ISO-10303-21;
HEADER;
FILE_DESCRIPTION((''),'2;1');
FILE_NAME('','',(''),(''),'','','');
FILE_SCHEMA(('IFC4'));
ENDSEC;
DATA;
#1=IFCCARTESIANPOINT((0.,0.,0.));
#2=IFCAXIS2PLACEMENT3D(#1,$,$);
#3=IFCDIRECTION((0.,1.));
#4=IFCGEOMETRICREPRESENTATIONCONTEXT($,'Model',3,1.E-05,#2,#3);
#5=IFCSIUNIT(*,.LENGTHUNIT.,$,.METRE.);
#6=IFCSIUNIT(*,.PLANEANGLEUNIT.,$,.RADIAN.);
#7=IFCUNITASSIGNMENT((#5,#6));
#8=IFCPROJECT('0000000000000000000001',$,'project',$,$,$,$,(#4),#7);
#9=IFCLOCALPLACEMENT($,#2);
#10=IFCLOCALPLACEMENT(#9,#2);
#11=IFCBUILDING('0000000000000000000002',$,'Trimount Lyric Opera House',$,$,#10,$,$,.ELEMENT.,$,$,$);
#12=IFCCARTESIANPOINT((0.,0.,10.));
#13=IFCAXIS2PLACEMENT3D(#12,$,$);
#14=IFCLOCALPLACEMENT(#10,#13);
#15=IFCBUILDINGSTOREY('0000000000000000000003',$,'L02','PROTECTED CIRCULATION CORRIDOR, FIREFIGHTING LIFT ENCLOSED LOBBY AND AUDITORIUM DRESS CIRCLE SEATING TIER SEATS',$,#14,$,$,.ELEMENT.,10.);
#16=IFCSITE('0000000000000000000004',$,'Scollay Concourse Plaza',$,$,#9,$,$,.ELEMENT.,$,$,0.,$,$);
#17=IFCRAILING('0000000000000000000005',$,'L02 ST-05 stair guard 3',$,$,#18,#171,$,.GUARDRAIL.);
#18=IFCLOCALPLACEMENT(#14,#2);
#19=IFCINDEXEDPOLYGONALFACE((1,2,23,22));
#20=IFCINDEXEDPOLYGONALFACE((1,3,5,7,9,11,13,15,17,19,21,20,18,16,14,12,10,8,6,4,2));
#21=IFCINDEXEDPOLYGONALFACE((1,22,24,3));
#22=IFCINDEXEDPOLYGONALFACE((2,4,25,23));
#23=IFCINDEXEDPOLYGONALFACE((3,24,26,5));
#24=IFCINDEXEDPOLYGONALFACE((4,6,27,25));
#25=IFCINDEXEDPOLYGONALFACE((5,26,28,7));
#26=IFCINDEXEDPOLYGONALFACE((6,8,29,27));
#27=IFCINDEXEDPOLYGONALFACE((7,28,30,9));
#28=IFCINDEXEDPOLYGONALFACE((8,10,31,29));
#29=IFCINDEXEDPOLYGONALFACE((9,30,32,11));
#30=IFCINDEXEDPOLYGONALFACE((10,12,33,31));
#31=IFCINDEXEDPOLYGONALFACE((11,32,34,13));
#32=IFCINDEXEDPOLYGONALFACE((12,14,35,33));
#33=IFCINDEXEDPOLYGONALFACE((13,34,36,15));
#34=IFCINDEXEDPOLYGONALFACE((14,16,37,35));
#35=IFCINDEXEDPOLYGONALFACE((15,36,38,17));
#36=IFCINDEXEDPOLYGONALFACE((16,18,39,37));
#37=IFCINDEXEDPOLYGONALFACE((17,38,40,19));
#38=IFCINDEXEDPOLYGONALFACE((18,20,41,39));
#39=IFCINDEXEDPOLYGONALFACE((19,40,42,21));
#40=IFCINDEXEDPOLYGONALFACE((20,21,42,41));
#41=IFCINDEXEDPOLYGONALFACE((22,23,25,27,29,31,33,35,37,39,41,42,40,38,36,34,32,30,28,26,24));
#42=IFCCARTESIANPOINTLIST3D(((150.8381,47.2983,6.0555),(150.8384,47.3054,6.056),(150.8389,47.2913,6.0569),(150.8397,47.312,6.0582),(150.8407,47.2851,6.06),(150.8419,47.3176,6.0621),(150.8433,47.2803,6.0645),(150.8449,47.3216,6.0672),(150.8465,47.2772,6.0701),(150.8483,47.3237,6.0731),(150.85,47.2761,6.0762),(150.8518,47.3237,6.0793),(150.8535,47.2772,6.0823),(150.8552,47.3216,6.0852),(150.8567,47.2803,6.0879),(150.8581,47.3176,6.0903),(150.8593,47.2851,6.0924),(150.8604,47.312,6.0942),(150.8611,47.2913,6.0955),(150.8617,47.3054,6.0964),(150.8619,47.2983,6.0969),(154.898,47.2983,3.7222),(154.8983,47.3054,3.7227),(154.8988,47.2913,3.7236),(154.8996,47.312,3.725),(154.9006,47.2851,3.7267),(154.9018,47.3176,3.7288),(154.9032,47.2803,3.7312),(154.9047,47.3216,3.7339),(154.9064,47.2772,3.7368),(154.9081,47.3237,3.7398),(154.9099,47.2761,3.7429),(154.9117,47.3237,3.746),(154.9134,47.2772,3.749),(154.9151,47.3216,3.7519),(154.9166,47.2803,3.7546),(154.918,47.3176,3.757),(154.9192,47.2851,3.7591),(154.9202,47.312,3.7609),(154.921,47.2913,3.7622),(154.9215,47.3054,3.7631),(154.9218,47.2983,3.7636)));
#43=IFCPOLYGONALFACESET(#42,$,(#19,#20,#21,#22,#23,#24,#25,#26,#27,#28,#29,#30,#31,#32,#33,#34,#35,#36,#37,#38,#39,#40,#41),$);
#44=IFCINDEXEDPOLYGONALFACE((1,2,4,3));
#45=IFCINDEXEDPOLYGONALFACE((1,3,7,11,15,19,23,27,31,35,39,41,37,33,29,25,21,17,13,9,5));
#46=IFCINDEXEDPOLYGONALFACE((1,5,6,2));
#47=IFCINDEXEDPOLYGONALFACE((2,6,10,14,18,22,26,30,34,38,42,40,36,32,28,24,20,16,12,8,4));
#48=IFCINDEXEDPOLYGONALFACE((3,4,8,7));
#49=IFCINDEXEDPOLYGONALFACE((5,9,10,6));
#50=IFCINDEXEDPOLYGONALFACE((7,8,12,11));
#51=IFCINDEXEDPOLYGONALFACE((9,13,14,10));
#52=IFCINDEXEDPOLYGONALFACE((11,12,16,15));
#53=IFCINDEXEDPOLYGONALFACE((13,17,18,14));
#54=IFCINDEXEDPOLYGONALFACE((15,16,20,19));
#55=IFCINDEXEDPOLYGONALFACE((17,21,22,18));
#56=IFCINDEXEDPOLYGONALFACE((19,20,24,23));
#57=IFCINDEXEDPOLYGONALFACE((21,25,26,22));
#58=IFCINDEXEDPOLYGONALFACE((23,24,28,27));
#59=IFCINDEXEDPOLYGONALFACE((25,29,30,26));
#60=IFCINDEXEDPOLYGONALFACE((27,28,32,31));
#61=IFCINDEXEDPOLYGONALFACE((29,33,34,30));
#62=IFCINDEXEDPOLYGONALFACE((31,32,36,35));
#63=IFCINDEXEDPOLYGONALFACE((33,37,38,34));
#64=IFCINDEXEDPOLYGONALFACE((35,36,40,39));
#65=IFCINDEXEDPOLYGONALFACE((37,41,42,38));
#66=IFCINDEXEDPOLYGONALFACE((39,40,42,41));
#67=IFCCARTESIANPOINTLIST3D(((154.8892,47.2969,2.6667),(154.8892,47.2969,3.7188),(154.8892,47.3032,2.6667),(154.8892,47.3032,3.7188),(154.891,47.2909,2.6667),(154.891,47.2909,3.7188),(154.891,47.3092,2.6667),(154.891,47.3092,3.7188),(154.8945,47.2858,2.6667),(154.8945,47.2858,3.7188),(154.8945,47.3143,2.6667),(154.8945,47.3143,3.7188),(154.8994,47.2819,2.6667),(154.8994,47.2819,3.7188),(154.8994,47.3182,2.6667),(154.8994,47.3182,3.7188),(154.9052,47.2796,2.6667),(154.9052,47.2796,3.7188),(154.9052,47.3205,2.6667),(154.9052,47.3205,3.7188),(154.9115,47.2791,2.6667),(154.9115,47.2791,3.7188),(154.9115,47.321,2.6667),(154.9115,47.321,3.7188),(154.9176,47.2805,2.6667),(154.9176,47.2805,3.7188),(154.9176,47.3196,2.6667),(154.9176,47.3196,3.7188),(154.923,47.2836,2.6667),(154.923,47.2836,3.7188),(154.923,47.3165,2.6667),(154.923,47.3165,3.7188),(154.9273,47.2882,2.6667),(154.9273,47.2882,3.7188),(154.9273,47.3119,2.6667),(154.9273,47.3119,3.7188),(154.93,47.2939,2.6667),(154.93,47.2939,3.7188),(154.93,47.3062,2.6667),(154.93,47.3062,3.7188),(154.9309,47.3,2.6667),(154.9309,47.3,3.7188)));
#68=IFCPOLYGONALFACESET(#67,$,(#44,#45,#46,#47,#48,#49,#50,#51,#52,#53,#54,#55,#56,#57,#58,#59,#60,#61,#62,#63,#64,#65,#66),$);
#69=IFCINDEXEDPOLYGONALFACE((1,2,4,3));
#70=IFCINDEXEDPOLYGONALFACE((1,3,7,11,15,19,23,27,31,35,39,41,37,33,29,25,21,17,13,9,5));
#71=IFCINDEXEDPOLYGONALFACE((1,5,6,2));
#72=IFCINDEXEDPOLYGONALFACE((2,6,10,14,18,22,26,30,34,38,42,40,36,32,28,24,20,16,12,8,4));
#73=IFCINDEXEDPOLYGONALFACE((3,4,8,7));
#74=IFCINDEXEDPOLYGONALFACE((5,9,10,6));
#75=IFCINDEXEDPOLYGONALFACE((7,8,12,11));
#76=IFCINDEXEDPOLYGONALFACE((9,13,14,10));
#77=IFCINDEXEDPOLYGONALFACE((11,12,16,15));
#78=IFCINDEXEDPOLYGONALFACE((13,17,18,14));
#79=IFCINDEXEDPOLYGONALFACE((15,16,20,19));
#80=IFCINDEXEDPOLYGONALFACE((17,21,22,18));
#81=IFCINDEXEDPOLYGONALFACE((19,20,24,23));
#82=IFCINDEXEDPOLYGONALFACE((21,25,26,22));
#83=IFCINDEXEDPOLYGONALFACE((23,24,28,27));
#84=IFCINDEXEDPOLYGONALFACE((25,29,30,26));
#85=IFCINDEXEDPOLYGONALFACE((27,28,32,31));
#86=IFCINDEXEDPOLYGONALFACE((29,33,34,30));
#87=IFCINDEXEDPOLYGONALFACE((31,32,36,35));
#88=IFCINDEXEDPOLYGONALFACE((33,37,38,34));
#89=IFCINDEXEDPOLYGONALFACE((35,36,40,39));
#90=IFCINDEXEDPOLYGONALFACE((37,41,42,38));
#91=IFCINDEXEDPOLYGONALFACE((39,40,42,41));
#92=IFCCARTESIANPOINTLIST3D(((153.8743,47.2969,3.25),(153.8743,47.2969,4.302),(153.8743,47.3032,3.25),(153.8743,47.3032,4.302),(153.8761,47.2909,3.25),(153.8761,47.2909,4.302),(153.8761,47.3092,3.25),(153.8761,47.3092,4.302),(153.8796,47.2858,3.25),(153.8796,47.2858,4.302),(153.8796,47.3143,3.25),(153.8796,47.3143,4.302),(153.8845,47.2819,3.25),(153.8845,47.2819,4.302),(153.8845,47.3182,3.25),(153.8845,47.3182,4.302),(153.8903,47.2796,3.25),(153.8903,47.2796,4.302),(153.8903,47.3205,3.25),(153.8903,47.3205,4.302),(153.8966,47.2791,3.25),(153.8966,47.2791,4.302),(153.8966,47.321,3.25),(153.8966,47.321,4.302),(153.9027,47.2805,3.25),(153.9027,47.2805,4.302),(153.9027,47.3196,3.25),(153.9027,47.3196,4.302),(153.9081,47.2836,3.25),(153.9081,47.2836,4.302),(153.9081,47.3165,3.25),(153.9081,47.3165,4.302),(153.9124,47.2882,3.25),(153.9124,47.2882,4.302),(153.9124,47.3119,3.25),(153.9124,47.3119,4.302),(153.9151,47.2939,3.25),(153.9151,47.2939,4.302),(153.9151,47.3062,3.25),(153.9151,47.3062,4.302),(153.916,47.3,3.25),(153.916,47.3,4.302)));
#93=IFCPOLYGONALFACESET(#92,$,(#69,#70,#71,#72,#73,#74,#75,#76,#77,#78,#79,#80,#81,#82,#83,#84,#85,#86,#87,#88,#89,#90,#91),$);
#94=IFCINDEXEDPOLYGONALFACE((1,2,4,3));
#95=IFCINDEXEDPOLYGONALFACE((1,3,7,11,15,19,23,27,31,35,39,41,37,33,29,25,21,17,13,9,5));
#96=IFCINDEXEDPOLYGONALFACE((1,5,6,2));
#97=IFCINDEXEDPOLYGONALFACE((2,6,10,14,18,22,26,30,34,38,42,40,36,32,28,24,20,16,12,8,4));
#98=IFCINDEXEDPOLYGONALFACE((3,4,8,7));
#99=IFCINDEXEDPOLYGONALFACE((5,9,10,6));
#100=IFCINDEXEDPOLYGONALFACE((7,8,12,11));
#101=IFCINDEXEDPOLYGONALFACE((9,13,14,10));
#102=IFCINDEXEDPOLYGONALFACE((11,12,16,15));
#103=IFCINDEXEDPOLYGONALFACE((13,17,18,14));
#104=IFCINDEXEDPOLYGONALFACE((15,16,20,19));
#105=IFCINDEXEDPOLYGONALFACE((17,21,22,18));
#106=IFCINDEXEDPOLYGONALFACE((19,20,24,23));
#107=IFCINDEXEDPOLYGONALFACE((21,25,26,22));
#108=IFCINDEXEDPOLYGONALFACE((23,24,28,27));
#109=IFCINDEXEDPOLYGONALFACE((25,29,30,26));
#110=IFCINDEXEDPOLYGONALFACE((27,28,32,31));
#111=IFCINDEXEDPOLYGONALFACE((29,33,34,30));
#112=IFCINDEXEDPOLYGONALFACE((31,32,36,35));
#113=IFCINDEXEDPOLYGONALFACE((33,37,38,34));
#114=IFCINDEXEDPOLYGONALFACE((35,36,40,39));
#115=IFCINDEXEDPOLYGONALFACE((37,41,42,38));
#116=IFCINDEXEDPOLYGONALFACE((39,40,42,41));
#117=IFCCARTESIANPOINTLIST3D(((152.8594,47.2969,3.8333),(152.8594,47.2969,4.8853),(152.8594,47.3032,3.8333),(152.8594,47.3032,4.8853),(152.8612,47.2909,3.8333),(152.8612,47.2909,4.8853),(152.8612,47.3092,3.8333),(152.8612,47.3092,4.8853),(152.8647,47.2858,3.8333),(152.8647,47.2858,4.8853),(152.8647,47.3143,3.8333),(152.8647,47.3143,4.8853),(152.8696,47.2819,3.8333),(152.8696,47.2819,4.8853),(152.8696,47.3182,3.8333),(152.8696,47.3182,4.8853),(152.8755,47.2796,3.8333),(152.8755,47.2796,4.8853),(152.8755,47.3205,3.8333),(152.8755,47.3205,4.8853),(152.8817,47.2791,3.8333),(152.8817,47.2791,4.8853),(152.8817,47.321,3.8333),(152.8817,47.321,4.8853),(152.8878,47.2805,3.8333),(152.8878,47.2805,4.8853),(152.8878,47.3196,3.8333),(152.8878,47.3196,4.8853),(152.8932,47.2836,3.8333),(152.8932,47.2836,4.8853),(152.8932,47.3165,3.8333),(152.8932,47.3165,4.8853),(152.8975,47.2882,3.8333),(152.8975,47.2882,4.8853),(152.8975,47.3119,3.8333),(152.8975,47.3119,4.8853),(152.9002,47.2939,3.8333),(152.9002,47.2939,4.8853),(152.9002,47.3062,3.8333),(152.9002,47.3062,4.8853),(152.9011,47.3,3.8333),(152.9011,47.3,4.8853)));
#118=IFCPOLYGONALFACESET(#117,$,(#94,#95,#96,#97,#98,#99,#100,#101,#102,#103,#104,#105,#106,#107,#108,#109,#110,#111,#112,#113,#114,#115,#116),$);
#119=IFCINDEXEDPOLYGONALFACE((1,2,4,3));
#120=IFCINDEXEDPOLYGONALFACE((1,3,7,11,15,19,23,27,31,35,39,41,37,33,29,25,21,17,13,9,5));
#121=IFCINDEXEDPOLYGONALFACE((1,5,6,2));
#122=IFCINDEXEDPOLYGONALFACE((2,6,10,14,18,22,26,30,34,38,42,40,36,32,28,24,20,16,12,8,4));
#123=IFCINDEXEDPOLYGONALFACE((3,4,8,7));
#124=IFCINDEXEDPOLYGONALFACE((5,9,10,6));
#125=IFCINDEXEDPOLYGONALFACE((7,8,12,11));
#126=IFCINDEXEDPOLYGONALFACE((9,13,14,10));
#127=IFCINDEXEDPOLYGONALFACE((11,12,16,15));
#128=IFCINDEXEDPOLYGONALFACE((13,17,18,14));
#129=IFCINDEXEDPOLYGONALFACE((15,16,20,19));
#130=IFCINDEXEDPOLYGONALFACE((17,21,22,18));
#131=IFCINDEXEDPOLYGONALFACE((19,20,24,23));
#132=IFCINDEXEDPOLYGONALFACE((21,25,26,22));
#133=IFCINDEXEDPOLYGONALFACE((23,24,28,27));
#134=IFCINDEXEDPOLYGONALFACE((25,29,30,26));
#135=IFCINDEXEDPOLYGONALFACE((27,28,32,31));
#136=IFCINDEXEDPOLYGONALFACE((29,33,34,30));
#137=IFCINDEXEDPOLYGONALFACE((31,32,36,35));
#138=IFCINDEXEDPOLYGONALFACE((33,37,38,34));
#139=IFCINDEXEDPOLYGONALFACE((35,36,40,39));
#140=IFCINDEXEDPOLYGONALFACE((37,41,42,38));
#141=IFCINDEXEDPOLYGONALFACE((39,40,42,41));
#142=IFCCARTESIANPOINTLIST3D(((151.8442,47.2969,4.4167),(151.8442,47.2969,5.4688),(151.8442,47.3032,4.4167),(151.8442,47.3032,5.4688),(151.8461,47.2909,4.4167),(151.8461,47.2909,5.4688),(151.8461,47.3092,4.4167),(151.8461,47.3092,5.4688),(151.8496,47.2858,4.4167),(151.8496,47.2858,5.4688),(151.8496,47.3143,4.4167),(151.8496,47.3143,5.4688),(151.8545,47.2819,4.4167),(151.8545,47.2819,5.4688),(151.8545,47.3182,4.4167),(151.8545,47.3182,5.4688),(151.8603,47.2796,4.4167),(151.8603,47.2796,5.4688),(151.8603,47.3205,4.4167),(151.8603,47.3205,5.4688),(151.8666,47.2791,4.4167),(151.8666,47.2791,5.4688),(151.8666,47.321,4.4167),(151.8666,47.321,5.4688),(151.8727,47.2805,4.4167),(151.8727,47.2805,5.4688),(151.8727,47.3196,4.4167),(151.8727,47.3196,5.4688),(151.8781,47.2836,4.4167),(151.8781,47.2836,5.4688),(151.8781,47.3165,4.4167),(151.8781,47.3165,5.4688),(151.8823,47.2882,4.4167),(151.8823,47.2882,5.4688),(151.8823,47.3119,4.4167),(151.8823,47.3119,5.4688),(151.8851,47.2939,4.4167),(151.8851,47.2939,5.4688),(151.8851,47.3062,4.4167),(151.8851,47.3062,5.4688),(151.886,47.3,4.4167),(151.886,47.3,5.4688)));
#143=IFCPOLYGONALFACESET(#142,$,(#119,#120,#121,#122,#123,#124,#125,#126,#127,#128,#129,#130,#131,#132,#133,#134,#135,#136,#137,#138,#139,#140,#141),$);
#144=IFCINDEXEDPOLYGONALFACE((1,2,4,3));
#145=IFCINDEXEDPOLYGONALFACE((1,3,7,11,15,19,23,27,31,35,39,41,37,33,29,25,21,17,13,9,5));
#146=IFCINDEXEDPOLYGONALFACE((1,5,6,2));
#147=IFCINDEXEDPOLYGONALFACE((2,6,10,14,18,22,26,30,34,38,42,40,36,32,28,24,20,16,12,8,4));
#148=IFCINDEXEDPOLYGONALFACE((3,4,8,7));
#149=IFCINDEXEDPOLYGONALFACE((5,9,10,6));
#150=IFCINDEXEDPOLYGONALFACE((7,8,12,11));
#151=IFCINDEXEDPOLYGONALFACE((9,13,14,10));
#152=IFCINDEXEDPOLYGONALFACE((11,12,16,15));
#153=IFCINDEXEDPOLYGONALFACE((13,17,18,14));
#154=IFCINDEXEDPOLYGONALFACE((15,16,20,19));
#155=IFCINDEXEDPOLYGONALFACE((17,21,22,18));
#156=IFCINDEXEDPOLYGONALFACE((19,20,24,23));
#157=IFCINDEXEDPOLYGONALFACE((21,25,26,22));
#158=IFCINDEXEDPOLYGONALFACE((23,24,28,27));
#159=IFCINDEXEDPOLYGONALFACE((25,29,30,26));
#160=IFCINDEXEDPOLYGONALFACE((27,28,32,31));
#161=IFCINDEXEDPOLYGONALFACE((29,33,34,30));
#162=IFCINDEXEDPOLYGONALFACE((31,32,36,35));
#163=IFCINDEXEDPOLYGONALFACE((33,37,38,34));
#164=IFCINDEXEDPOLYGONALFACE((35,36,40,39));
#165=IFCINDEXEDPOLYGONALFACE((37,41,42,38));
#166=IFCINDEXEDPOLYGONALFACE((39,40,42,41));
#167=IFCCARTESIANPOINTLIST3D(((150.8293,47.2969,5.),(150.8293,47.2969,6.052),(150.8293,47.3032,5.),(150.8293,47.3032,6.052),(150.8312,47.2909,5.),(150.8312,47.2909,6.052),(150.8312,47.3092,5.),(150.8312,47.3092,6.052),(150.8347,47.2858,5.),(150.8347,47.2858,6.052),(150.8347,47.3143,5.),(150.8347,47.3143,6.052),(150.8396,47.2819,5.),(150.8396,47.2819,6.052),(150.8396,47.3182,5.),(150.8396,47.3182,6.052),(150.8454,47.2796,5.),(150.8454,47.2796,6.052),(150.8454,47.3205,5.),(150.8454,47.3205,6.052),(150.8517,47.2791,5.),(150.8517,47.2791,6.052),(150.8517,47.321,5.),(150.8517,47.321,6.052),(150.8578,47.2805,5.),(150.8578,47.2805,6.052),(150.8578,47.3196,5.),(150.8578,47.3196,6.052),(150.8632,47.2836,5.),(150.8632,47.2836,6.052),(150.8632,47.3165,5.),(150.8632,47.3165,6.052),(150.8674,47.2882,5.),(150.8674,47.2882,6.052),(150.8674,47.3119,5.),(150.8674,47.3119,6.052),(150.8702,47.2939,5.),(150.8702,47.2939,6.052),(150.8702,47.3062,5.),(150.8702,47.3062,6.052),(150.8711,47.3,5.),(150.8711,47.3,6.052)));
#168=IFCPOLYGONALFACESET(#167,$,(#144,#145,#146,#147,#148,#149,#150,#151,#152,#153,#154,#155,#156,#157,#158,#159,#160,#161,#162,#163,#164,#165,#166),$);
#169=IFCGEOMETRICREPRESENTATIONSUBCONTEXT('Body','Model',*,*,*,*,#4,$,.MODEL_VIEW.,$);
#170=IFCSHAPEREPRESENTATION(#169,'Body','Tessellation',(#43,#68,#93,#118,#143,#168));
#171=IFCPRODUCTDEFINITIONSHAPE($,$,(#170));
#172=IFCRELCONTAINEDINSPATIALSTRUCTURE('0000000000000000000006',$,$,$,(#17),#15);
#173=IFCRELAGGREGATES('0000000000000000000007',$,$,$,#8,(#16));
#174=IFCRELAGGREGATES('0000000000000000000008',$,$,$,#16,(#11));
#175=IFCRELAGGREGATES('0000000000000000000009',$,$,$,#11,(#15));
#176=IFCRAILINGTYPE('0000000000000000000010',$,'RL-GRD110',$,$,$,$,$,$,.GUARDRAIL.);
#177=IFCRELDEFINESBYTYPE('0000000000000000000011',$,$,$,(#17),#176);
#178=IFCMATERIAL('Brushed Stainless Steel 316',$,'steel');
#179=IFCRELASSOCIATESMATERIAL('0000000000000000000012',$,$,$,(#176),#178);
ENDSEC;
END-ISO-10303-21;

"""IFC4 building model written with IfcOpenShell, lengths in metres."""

from ifc_helpers import new_model, si_unit, direction, frame, origin, origin_2d, place, context, subcontext, project, spatial, circle, extrude, material, type_object, element, save


model = new_model("IFC4")

# Units and contexts
model_context = context("Model", 3, precision=1e-05, world=origin(), true_north=direction((0.0, 1.0)))
body_context = subcontext(model_context, "Body", "Model", "MODEL_VIEW")
ifc_project = project(units=[si_unit("LENGTHUNIT", "METRE"), si_unit("PLANEANGLEUNIT", "RADIAN")], contexts=[model_context])

# Site, building, storey
site_placement = place(None, origin())
site = spatial("IfcSite", under=ifc_project, at=site_placement, Name="Scollay Concourse Plaza", CompositionType="ELEMENT", RefElevation=0.0)
building_placement = place(site_placement, origin())
building = spatial("IfcBuilding", under=site, at=building_placement, Name="Trimount Lyric Opera House", CompositionType="ELEMENT")
storey_placement = place(building_placement, frame((0.0, 0.0, 10.0)))
storey = spatial("IfcBuildingStorey", under=building, at=storey_placement, Name="L02", Description="PROTECTED CIRCULATION CORRIDOR, FIREFIGHTING LIFT ENCLOSED LOBBY AND AUDITORIUM DRESS CIRCLE SEATING TIER SEATS", CompositionType="ELEMENT", Elevation=10.0)

# Railing
ifc_material_1 = material(Name="Brushed Stainless Steel 316", Category="steel")
railing_type_1 = type_object("IfcRailingType", Name="RL-GRD110", PredefinedType="GUARDRAIL", material=ifc_material_1)
railing_1_placement = place(storey_placement, frame((154.9099, 47.3, 2.6667)))
element("IfcRailing", 1, at=railing_1_placement, inside=storey, type_object=railing_type_1, Name="L02 ST-05 stair guard 3", PredefinedType="GUARDRAIL", context=body_context, shape_type="SweptSolid", body=[
    extrude(circle(Radius=0.0239, at=origin_2d()), frame((0.0, 0.0, 1.0762), z_axis=(-0.867012, 0.0, 0.498288), x_axis=(0.0, -1.0, 0.0)), (0.0, 0.0, 1.0), 4.6826),
    extrude(circle(Radius=0.021, at=origin_2d()), origin(), (0.0, 0.0, 1.0), 1.052),
    extrude(circle(Radius=0.021, at=origin_2d()), frame((-1.0149, 0.0, 0.5833)), (0.0, 0.0, 1.0), 1.052),
    extrude(circle(Radius=0.021, at=origin_2d()), frame((-2.0298, 0.0, 1.1665)), (0.0, 0.0, 1.0), 1.052),
    extrude(circle(Radius=0.021, at=origin_2d()), frame((-3.0449, 0.0, 1.75)), (0.0, 0.0, 1.0), 1.052),
    extrude(circle(Radius=0.021, at=origin_2d()), frame((-4.0598, 0.0, 2.3333)), (0.0, 0.0, 1.0), 1.052),
])

save(model, "model.ifc")
